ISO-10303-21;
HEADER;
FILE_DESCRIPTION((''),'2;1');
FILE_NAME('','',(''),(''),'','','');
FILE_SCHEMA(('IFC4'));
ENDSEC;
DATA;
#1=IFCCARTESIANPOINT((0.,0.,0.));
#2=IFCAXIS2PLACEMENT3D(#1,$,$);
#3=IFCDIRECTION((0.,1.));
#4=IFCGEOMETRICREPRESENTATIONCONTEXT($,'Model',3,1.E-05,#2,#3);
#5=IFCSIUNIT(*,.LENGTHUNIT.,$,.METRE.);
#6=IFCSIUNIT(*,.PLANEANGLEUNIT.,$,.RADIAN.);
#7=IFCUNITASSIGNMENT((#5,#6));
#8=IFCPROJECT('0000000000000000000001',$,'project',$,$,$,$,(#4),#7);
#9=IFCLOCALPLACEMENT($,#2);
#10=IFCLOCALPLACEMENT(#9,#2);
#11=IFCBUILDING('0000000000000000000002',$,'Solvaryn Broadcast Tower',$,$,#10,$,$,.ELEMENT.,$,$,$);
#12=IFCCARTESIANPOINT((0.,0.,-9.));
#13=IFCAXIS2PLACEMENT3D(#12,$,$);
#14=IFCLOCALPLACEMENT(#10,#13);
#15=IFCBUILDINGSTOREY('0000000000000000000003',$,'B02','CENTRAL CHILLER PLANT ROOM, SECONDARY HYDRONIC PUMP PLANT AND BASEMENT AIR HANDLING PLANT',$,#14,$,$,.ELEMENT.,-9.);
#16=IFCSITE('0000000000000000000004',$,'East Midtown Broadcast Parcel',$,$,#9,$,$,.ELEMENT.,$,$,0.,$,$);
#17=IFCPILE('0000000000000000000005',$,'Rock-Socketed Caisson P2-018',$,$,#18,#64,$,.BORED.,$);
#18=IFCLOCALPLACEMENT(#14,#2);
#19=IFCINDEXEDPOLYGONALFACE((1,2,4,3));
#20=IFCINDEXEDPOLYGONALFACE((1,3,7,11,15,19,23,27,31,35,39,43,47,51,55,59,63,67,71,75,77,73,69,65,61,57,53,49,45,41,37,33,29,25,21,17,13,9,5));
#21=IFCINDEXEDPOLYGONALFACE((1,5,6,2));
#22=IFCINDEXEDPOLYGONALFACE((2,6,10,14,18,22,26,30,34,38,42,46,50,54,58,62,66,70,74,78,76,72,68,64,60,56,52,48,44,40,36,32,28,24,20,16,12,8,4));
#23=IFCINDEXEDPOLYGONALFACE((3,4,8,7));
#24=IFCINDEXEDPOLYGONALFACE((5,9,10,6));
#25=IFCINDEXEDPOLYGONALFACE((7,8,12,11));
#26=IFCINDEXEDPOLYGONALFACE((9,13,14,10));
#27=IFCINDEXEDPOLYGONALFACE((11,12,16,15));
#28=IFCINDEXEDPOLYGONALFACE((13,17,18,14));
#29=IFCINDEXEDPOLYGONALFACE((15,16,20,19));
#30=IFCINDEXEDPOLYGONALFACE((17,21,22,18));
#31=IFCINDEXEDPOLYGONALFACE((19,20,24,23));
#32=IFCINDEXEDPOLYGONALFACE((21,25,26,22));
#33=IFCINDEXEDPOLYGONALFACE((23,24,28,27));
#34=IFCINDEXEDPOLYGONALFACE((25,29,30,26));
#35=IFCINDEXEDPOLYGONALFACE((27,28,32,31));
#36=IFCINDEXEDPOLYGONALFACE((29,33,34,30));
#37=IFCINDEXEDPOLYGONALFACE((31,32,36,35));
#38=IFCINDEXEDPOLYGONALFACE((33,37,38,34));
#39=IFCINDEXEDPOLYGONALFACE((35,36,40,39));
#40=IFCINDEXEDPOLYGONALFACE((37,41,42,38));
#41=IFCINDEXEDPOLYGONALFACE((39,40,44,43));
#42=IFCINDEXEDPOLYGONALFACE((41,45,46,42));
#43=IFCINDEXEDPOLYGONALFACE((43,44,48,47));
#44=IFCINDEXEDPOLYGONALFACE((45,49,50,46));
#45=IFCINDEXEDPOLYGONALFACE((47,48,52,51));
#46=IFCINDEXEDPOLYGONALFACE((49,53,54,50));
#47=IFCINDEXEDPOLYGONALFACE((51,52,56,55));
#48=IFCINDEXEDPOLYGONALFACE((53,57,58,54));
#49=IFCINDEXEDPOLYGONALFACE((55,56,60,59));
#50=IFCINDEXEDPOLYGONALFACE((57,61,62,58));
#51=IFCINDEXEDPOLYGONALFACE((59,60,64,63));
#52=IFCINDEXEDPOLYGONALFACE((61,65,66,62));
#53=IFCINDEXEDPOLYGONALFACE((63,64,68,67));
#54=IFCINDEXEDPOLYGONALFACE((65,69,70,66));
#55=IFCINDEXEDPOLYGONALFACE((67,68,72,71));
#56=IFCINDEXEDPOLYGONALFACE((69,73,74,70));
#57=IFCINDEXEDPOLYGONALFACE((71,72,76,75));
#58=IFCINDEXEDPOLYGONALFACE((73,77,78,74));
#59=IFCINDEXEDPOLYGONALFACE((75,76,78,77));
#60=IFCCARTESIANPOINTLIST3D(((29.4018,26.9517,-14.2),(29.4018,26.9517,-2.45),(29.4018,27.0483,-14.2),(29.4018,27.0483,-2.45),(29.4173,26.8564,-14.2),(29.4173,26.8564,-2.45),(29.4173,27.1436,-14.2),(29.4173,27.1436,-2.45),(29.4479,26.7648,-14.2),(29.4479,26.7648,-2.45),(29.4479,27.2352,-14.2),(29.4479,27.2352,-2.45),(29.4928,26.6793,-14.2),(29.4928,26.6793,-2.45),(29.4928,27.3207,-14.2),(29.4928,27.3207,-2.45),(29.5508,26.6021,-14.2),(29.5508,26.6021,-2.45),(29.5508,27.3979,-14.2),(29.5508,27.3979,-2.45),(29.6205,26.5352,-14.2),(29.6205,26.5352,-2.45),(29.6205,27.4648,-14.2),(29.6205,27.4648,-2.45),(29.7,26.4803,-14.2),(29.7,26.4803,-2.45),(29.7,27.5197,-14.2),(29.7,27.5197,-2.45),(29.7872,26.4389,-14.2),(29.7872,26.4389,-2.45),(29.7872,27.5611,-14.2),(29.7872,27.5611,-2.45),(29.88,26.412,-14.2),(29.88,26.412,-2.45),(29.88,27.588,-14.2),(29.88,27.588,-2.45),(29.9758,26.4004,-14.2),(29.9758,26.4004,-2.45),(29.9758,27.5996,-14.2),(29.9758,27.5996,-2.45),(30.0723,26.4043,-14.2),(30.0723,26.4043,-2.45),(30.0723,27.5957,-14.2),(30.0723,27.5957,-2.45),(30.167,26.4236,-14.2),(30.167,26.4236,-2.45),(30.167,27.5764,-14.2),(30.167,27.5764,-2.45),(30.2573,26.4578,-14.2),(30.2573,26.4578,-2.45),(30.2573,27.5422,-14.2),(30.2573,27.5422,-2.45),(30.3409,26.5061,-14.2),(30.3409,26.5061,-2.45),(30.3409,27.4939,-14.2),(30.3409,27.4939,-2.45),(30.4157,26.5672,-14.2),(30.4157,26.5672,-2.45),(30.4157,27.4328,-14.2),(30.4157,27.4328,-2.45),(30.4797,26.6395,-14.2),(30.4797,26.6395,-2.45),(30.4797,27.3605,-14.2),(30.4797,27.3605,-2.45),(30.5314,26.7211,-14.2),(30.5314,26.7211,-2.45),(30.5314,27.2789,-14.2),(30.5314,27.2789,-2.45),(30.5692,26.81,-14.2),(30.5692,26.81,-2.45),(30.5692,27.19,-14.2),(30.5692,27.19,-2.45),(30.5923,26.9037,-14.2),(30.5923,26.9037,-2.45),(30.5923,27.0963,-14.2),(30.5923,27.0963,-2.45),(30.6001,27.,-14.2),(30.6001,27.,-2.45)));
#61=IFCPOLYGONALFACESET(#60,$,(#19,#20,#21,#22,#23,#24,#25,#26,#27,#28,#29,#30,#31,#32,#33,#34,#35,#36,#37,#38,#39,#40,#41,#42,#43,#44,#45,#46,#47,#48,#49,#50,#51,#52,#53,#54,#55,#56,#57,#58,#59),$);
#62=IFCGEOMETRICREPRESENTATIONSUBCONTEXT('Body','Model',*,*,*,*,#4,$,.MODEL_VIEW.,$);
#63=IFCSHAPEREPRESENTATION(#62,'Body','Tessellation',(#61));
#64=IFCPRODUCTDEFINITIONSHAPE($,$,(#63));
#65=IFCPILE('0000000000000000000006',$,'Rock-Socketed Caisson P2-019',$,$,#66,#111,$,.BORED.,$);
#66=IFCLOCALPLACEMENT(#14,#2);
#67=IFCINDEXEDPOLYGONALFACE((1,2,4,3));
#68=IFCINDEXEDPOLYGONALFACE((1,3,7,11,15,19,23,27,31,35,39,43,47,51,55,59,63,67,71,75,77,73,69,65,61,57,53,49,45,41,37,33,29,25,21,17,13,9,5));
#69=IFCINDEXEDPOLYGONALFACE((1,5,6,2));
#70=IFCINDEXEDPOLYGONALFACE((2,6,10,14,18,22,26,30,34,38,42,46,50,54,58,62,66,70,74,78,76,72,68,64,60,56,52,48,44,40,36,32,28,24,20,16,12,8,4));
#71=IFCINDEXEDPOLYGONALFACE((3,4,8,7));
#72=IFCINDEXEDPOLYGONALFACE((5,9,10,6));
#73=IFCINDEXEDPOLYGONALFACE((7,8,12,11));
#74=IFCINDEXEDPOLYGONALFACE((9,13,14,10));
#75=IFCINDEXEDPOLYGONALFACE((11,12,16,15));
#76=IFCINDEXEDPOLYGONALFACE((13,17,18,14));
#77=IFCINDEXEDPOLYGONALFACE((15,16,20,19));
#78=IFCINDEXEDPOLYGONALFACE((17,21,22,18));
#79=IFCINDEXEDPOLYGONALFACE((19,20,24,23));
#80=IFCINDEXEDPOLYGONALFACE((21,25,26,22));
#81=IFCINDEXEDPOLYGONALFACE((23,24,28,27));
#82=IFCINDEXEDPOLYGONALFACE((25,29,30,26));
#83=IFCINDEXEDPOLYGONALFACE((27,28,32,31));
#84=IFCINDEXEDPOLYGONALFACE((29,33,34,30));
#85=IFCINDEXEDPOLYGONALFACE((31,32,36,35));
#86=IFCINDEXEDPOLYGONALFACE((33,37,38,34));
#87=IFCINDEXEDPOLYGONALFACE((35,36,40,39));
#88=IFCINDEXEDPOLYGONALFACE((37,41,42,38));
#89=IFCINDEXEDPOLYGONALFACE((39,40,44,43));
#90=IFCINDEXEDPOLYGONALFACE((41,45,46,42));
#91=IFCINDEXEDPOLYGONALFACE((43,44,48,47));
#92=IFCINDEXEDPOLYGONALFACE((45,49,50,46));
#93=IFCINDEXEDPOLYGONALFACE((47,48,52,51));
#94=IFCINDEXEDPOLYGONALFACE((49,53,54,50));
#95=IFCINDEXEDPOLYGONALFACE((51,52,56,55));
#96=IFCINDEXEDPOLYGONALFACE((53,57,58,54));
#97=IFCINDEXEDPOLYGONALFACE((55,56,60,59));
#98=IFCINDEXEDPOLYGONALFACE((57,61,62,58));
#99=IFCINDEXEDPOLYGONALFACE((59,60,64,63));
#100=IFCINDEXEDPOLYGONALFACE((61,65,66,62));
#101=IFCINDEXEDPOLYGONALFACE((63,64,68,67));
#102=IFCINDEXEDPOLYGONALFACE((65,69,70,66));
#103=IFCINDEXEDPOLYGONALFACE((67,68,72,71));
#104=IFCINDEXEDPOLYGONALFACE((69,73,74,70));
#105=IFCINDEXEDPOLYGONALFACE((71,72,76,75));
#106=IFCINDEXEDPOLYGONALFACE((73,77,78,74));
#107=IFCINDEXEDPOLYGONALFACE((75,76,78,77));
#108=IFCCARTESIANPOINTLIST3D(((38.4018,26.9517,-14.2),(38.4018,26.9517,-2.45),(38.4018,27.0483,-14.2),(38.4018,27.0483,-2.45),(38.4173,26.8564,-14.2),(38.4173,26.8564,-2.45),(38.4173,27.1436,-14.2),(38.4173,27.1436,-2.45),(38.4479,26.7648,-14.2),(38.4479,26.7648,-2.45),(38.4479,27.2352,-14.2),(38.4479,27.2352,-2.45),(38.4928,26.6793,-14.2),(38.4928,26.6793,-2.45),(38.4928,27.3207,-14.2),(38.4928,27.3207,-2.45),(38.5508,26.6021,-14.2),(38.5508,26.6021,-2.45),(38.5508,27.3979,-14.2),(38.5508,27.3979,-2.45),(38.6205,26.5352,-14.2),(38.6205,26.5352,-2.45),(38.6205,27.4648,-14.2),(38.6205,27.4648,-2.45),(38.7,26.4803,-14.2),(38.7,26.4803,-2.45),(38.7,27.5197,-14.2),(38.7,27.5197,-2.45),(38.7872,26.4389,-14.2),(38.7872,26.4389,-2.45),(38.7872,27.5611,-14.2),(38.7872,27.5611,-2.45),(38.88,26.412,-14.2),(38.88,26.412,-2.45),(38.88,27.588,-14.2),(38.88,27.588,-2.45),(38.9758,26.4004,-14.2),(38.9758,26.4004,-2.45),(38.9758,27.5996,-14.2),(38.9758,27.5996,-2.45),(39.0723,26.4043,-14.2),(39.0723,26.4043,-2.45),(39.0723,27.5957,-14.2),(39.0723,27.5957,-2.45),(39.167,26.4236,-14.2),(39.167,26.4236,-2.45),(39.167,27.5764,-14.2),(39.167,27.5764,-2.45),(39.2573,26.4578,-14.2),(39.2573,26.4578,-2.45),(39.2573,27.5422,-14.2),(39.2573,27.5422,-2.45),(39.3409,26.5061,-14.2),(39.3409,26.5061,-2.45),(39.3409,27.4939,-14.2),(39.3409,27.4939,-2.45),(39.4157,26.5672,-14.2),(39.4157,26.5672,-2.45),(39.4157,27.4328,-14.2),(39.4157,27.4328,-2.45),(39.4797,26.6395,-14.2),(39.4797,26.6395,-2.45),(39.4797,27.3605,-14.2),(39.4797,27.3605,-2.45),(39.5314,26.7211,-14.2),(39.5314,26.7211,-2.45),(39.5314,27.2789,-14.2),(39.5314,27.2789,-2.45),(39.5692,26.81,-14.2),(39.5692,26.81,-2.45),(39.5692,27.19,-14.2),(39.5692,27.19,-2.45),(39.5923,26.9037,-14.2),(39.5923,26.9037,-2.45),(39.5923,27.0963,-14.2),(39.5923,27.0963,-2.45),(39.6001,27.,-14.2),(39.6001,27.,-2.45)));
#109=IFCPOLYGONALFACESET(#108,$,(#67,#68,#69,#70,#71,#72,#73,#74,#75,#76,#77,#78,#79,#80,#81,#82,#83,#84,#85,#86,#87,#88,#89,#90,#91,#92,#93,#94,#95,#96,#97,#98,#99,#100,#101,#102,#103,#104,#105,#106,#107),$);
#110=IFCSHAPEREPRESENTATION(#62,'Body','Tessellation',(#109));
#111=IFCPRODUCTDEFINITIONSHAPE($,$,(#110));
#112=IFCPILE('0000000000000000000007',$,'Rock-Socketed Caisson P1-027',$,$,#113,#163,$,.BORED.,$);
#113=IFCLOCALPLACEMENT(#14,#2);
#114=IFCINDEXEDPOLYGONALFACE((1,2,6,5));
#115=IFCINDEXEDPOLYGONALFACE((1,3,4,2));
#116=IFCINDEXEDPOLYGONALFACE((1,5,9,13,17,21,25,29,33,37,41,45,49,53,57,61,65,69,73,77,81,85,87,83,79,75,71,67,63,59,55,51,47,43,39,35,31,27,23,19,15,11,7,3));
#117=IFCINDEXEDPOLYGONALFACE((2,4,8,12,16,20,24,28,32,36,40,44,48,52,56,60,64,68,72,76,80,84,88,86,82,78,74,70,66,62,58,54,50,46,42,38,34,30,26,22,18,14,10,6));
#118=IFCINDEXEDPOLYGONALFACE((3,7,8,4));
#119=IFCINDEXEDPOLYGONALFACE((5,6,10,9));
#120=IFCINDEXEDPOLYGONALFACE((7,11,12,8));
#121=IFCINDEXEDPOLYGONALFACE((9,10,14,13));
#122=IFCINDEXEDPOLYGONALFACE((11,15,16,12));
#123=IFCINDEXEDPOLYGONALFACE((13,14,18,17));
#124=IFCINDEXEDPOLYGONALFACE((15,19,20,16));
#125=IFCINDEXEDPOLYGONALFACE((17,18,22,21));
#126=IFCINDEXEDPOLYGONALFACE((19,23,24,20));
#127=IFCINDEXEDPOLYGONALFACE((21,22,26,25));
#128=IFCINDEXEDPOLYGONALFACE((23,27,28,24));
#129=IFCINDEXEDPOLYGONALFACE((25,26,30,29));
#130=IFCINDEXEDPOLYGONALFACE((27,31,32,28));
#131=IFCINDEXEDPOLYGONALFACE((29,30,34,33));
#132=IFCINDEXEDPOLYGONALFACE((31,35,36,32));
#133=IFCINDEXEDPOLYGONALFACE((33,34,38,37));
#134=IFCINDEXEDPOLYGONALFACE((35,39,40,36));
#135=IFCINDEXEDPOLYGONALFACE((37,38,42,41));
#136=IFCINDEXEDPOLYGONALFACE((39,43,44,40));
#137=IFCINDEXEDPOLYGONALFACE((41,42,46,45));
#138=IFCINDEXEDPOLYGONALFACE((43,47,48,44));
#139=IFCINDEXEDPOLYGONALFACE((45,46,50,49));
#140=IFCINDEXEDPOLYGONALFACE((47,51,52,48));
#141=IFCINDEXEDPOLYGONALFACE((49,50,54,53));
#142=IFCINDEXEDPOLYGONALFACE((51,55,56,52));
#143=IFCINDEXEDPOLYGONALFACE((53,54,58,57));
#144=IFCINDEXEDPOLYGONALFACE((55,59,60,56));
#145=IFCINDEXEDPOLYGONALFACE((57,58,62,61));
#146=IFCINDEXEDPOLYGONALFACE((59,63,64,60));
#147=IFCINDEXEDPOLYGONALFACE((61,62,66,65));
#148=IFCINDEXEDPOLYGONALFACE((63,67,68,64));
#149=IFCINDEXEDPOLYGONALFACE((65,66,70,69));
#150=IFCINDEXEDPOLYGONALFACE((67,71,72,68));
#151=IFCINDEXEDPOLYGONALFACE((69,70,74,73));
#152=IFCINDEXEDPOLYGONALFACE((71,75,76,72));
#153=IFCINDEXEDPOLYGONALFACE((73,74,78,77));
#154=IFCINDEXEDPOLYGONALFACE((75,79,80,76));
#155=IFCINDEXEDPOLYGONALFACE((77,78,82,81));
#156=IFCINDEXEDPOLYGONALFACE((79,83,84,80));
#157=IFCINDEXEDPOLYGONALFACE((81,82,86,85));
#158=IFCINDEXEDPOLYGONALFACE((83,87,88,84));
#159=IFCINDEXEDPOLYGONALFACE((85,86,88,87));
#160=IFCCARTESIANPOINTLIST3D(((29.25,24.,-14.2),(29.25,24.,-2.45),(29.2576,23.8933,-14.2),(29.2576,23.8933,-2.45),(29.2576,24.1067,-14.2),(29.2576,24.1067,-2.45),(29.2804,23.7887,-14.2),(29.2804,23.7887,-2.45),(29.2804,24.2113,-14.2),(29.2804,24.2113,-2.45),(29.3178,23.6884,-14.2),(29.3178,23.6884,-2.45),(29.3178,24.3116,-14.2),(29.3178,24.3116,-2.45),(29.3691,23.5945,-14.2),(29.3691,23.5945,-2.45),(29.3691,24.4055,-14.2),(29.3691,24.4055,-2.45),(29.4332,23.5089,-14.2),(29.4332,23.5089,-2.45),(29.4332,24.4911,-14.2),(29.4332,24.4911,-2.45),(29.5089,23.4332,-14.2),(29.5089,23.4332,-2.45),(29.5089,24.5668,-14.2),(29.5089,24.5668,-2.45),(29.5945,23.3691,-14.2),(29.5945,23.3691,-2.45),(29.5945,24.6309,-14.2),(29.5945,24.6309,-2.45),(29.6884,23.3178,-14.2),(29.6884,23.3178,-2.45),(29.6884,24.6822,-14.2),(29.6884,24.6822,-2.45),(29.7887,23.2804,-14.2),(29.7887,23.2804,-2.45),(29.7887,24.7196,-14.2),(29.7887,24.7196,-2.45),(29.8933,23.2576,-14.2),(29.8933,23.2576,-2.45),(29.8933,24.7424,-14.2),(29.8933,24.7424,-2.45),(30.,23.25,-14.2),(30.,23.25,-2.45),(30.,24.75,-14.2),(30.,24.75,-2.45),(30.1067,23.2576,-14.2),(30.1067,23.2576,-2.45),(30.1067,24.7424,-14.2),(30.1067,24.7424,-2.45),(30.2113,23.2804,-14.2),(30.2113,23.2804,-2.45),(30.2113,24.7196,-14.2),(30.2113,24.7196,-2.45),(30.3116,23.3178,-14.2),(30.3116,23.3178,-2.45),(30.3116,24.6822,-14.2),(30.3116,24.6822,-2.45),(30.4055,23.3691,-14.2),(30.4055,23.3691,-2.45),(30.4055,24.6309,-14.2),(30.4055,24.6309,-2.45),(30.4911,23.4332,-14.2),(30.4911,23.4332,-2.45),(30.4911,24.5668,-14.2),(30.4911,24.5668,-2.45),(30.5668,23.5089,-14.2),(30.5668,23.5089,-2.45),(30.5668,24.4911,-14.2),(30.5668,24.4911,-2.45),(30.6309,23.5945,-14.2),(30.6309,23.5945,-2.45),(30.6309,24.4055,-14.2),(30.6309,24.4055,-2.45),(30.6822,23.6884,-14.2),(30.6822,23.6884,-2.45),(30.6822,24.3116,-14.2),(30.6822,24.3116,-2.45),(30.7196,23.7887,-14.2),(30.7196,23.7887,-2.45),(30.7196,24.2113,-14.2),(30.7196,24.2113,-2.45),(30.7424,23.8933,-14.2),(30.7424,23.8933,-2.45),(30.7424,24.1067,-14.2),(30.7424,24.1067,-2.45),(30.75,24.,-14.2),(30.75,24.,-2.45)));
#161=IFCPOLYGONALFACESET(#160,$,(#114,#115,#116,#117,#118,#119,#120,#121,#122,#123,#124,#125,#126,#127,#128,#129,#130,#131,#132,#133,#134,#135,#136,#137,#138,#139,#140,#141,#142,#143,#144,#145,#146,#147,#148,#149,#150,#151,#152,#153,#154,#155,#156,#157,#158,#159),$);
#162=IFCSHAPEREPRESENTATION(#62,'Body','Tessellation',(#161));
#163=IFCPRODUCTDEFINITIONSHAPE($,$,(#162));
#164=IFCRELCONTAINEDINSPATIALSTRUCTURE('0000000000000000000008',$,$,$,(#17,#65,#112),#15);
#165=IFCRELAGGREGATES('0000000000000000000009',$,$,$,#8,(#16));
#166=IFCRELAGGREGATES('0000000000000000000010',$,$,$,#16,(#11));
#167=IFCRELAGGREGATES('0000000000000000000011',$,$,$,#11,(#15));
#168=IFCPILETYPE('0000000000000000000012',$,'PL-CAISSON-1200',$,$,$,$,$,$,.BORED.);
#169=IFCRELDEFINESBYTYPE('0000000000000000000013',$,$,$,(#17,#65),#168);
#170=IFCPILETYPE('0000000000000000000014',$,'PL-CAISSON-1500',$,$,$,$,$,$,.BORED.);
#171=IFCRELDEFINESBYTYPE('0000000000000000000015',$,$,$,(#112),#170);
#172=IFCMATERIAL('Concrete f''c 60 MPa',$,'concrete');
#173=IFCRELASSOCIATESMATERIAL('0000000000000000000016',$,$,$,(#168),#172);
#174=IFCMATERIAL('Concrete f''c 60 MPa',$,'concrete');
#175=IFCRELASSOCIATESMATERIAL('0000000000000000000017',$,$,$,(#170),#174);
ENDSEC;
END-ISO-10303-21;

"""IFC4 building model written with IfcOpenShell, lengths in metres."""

from ifc_helpers import new_model, si_unit, direction, frame, origin, origin_2d, place, context, subcontext, project, spatial, circle, extrude, material, material_profile, profile_set, type_object, element, save


model = new_model("IFC4")

# Units and contexts
model_context = context("Model", 3, precision=1e-05, world=origin(), true_north=direction((0.0, 1.0)))
body_context = subcontext(model_context, "Body", "Model", "MODEL_VIEW")
ifc_project = project(units=[si_unit("LENGTHUNIT", "METRE"), si_unit("PLANEANGLEUNIT", "RADIAN")], contexts=[model_context])

# Site, building, storey
site_placement = place(None, origin())
site = spatial("IfcSite", under=ifc_project, at=site_placement, Name="East Midtown Broadcast Parcel", CompositionType="ELEMENT", RefElevation=0.0)
building_placement = place(site_placement, origin())
building = spatial("IfcBuilding", under=site, at=building_placement, Name="Solvaryn Broadcast Tower", CompositionType="ELEMENT")
storey_placement = place(building_placement, frame((0.0, 0.0, -9.0)))
storey = spatial("IfcBuildingStorey", under=building, at=storey_placement, Name="B02", Description="CENTRAL CHILLER PLANT ROOM, SECONDARY HYDRONIC PUMP PLANT AND BASEMENT AIR HANDLING PLANT", CompositionType="ELEMENT", Elevation=-9.0)

# Piles
ifc_material_1 = material(Name="Concrete f'c 60 MPa", Category="concrete")
ifc_material_profile_1 = material_profile(ifc_material_1, circle(Radius=0.6001, at=origin_2d()))
ifc_profile_set_1 = profile_set([ifc_material_profile_1], Name="Concrete f'c 60 MPa")
pile_type_1 = type_object("IfcPileType", Name="PL-CAISSON-1200", PredefinedType="BORED", material=ifc_profile_set_1)
for number, where, z_axis, x_axis, name in (
    (1, (30.0, 27.0, -2.45), (0.0, 0.0, -1.0), (1.0, 0.0, 0.0), "Rock-Socketed Caisson P2-018"),
    (2, (39.0, 27.0, -2.45), (0.0, 0.0, -1.0), (1.0, 0.0, 0.0), "Rock-Socketed Caisson P2-019"),
):
    element("IfcPile", number, at=place(storey_placement, frame(where, z_axis=z_axis, x_axis=x_axis)), inside=storey, type_object=pile_type_1, Name=name, PredefinedType="BORED", context=body_context, shape_type="SweptSolid", body=[
        extrude(circle(Radius=0.6001, at=origin_2d()), origin(), (0.0, 0.0, 1.0), 11.75),
    ])
ifc_material_2 = material(Name="Concrete f'c 60 MPa", Category="concrete")
ifc_material_profile_2 = material_profile(ifc_material_2, circle(Radius=0.75, at=origin_2d()))
ifc_profile_set_2 = profile_set([ifc_material_profile_2], Name="Concrete f'c 60 MPa")
pile_type_2 = type_object("IfcPileType", Name="PL-CAISSON-1500", PredefinedType="BORED", material=ifc_profile_set_2)
for number, where, z_axis, x_axis, name in (
    (3, (30.0, 24.0, -2.45), (0.0, 0.0, -1.0), (1.0, 0.0, 0.0), "Rock-Socketed Caisson P1-027"),
):
    element("IfcPile", number, at=place(storey_placement, frame(where, z_axis=z_axis, x_axis=x_axis)), inside=storey, type_object=pile_type_2, Name=name, PredefinedType="BORED", context=body_context, shape_type="SweptSolid", body=[
        extrude(circle(Radius=0.75, at=origin_2d()), origin(), (0.0, 0.0, 1.0), 11.75),
    ])

save(model, "model.ifc")
